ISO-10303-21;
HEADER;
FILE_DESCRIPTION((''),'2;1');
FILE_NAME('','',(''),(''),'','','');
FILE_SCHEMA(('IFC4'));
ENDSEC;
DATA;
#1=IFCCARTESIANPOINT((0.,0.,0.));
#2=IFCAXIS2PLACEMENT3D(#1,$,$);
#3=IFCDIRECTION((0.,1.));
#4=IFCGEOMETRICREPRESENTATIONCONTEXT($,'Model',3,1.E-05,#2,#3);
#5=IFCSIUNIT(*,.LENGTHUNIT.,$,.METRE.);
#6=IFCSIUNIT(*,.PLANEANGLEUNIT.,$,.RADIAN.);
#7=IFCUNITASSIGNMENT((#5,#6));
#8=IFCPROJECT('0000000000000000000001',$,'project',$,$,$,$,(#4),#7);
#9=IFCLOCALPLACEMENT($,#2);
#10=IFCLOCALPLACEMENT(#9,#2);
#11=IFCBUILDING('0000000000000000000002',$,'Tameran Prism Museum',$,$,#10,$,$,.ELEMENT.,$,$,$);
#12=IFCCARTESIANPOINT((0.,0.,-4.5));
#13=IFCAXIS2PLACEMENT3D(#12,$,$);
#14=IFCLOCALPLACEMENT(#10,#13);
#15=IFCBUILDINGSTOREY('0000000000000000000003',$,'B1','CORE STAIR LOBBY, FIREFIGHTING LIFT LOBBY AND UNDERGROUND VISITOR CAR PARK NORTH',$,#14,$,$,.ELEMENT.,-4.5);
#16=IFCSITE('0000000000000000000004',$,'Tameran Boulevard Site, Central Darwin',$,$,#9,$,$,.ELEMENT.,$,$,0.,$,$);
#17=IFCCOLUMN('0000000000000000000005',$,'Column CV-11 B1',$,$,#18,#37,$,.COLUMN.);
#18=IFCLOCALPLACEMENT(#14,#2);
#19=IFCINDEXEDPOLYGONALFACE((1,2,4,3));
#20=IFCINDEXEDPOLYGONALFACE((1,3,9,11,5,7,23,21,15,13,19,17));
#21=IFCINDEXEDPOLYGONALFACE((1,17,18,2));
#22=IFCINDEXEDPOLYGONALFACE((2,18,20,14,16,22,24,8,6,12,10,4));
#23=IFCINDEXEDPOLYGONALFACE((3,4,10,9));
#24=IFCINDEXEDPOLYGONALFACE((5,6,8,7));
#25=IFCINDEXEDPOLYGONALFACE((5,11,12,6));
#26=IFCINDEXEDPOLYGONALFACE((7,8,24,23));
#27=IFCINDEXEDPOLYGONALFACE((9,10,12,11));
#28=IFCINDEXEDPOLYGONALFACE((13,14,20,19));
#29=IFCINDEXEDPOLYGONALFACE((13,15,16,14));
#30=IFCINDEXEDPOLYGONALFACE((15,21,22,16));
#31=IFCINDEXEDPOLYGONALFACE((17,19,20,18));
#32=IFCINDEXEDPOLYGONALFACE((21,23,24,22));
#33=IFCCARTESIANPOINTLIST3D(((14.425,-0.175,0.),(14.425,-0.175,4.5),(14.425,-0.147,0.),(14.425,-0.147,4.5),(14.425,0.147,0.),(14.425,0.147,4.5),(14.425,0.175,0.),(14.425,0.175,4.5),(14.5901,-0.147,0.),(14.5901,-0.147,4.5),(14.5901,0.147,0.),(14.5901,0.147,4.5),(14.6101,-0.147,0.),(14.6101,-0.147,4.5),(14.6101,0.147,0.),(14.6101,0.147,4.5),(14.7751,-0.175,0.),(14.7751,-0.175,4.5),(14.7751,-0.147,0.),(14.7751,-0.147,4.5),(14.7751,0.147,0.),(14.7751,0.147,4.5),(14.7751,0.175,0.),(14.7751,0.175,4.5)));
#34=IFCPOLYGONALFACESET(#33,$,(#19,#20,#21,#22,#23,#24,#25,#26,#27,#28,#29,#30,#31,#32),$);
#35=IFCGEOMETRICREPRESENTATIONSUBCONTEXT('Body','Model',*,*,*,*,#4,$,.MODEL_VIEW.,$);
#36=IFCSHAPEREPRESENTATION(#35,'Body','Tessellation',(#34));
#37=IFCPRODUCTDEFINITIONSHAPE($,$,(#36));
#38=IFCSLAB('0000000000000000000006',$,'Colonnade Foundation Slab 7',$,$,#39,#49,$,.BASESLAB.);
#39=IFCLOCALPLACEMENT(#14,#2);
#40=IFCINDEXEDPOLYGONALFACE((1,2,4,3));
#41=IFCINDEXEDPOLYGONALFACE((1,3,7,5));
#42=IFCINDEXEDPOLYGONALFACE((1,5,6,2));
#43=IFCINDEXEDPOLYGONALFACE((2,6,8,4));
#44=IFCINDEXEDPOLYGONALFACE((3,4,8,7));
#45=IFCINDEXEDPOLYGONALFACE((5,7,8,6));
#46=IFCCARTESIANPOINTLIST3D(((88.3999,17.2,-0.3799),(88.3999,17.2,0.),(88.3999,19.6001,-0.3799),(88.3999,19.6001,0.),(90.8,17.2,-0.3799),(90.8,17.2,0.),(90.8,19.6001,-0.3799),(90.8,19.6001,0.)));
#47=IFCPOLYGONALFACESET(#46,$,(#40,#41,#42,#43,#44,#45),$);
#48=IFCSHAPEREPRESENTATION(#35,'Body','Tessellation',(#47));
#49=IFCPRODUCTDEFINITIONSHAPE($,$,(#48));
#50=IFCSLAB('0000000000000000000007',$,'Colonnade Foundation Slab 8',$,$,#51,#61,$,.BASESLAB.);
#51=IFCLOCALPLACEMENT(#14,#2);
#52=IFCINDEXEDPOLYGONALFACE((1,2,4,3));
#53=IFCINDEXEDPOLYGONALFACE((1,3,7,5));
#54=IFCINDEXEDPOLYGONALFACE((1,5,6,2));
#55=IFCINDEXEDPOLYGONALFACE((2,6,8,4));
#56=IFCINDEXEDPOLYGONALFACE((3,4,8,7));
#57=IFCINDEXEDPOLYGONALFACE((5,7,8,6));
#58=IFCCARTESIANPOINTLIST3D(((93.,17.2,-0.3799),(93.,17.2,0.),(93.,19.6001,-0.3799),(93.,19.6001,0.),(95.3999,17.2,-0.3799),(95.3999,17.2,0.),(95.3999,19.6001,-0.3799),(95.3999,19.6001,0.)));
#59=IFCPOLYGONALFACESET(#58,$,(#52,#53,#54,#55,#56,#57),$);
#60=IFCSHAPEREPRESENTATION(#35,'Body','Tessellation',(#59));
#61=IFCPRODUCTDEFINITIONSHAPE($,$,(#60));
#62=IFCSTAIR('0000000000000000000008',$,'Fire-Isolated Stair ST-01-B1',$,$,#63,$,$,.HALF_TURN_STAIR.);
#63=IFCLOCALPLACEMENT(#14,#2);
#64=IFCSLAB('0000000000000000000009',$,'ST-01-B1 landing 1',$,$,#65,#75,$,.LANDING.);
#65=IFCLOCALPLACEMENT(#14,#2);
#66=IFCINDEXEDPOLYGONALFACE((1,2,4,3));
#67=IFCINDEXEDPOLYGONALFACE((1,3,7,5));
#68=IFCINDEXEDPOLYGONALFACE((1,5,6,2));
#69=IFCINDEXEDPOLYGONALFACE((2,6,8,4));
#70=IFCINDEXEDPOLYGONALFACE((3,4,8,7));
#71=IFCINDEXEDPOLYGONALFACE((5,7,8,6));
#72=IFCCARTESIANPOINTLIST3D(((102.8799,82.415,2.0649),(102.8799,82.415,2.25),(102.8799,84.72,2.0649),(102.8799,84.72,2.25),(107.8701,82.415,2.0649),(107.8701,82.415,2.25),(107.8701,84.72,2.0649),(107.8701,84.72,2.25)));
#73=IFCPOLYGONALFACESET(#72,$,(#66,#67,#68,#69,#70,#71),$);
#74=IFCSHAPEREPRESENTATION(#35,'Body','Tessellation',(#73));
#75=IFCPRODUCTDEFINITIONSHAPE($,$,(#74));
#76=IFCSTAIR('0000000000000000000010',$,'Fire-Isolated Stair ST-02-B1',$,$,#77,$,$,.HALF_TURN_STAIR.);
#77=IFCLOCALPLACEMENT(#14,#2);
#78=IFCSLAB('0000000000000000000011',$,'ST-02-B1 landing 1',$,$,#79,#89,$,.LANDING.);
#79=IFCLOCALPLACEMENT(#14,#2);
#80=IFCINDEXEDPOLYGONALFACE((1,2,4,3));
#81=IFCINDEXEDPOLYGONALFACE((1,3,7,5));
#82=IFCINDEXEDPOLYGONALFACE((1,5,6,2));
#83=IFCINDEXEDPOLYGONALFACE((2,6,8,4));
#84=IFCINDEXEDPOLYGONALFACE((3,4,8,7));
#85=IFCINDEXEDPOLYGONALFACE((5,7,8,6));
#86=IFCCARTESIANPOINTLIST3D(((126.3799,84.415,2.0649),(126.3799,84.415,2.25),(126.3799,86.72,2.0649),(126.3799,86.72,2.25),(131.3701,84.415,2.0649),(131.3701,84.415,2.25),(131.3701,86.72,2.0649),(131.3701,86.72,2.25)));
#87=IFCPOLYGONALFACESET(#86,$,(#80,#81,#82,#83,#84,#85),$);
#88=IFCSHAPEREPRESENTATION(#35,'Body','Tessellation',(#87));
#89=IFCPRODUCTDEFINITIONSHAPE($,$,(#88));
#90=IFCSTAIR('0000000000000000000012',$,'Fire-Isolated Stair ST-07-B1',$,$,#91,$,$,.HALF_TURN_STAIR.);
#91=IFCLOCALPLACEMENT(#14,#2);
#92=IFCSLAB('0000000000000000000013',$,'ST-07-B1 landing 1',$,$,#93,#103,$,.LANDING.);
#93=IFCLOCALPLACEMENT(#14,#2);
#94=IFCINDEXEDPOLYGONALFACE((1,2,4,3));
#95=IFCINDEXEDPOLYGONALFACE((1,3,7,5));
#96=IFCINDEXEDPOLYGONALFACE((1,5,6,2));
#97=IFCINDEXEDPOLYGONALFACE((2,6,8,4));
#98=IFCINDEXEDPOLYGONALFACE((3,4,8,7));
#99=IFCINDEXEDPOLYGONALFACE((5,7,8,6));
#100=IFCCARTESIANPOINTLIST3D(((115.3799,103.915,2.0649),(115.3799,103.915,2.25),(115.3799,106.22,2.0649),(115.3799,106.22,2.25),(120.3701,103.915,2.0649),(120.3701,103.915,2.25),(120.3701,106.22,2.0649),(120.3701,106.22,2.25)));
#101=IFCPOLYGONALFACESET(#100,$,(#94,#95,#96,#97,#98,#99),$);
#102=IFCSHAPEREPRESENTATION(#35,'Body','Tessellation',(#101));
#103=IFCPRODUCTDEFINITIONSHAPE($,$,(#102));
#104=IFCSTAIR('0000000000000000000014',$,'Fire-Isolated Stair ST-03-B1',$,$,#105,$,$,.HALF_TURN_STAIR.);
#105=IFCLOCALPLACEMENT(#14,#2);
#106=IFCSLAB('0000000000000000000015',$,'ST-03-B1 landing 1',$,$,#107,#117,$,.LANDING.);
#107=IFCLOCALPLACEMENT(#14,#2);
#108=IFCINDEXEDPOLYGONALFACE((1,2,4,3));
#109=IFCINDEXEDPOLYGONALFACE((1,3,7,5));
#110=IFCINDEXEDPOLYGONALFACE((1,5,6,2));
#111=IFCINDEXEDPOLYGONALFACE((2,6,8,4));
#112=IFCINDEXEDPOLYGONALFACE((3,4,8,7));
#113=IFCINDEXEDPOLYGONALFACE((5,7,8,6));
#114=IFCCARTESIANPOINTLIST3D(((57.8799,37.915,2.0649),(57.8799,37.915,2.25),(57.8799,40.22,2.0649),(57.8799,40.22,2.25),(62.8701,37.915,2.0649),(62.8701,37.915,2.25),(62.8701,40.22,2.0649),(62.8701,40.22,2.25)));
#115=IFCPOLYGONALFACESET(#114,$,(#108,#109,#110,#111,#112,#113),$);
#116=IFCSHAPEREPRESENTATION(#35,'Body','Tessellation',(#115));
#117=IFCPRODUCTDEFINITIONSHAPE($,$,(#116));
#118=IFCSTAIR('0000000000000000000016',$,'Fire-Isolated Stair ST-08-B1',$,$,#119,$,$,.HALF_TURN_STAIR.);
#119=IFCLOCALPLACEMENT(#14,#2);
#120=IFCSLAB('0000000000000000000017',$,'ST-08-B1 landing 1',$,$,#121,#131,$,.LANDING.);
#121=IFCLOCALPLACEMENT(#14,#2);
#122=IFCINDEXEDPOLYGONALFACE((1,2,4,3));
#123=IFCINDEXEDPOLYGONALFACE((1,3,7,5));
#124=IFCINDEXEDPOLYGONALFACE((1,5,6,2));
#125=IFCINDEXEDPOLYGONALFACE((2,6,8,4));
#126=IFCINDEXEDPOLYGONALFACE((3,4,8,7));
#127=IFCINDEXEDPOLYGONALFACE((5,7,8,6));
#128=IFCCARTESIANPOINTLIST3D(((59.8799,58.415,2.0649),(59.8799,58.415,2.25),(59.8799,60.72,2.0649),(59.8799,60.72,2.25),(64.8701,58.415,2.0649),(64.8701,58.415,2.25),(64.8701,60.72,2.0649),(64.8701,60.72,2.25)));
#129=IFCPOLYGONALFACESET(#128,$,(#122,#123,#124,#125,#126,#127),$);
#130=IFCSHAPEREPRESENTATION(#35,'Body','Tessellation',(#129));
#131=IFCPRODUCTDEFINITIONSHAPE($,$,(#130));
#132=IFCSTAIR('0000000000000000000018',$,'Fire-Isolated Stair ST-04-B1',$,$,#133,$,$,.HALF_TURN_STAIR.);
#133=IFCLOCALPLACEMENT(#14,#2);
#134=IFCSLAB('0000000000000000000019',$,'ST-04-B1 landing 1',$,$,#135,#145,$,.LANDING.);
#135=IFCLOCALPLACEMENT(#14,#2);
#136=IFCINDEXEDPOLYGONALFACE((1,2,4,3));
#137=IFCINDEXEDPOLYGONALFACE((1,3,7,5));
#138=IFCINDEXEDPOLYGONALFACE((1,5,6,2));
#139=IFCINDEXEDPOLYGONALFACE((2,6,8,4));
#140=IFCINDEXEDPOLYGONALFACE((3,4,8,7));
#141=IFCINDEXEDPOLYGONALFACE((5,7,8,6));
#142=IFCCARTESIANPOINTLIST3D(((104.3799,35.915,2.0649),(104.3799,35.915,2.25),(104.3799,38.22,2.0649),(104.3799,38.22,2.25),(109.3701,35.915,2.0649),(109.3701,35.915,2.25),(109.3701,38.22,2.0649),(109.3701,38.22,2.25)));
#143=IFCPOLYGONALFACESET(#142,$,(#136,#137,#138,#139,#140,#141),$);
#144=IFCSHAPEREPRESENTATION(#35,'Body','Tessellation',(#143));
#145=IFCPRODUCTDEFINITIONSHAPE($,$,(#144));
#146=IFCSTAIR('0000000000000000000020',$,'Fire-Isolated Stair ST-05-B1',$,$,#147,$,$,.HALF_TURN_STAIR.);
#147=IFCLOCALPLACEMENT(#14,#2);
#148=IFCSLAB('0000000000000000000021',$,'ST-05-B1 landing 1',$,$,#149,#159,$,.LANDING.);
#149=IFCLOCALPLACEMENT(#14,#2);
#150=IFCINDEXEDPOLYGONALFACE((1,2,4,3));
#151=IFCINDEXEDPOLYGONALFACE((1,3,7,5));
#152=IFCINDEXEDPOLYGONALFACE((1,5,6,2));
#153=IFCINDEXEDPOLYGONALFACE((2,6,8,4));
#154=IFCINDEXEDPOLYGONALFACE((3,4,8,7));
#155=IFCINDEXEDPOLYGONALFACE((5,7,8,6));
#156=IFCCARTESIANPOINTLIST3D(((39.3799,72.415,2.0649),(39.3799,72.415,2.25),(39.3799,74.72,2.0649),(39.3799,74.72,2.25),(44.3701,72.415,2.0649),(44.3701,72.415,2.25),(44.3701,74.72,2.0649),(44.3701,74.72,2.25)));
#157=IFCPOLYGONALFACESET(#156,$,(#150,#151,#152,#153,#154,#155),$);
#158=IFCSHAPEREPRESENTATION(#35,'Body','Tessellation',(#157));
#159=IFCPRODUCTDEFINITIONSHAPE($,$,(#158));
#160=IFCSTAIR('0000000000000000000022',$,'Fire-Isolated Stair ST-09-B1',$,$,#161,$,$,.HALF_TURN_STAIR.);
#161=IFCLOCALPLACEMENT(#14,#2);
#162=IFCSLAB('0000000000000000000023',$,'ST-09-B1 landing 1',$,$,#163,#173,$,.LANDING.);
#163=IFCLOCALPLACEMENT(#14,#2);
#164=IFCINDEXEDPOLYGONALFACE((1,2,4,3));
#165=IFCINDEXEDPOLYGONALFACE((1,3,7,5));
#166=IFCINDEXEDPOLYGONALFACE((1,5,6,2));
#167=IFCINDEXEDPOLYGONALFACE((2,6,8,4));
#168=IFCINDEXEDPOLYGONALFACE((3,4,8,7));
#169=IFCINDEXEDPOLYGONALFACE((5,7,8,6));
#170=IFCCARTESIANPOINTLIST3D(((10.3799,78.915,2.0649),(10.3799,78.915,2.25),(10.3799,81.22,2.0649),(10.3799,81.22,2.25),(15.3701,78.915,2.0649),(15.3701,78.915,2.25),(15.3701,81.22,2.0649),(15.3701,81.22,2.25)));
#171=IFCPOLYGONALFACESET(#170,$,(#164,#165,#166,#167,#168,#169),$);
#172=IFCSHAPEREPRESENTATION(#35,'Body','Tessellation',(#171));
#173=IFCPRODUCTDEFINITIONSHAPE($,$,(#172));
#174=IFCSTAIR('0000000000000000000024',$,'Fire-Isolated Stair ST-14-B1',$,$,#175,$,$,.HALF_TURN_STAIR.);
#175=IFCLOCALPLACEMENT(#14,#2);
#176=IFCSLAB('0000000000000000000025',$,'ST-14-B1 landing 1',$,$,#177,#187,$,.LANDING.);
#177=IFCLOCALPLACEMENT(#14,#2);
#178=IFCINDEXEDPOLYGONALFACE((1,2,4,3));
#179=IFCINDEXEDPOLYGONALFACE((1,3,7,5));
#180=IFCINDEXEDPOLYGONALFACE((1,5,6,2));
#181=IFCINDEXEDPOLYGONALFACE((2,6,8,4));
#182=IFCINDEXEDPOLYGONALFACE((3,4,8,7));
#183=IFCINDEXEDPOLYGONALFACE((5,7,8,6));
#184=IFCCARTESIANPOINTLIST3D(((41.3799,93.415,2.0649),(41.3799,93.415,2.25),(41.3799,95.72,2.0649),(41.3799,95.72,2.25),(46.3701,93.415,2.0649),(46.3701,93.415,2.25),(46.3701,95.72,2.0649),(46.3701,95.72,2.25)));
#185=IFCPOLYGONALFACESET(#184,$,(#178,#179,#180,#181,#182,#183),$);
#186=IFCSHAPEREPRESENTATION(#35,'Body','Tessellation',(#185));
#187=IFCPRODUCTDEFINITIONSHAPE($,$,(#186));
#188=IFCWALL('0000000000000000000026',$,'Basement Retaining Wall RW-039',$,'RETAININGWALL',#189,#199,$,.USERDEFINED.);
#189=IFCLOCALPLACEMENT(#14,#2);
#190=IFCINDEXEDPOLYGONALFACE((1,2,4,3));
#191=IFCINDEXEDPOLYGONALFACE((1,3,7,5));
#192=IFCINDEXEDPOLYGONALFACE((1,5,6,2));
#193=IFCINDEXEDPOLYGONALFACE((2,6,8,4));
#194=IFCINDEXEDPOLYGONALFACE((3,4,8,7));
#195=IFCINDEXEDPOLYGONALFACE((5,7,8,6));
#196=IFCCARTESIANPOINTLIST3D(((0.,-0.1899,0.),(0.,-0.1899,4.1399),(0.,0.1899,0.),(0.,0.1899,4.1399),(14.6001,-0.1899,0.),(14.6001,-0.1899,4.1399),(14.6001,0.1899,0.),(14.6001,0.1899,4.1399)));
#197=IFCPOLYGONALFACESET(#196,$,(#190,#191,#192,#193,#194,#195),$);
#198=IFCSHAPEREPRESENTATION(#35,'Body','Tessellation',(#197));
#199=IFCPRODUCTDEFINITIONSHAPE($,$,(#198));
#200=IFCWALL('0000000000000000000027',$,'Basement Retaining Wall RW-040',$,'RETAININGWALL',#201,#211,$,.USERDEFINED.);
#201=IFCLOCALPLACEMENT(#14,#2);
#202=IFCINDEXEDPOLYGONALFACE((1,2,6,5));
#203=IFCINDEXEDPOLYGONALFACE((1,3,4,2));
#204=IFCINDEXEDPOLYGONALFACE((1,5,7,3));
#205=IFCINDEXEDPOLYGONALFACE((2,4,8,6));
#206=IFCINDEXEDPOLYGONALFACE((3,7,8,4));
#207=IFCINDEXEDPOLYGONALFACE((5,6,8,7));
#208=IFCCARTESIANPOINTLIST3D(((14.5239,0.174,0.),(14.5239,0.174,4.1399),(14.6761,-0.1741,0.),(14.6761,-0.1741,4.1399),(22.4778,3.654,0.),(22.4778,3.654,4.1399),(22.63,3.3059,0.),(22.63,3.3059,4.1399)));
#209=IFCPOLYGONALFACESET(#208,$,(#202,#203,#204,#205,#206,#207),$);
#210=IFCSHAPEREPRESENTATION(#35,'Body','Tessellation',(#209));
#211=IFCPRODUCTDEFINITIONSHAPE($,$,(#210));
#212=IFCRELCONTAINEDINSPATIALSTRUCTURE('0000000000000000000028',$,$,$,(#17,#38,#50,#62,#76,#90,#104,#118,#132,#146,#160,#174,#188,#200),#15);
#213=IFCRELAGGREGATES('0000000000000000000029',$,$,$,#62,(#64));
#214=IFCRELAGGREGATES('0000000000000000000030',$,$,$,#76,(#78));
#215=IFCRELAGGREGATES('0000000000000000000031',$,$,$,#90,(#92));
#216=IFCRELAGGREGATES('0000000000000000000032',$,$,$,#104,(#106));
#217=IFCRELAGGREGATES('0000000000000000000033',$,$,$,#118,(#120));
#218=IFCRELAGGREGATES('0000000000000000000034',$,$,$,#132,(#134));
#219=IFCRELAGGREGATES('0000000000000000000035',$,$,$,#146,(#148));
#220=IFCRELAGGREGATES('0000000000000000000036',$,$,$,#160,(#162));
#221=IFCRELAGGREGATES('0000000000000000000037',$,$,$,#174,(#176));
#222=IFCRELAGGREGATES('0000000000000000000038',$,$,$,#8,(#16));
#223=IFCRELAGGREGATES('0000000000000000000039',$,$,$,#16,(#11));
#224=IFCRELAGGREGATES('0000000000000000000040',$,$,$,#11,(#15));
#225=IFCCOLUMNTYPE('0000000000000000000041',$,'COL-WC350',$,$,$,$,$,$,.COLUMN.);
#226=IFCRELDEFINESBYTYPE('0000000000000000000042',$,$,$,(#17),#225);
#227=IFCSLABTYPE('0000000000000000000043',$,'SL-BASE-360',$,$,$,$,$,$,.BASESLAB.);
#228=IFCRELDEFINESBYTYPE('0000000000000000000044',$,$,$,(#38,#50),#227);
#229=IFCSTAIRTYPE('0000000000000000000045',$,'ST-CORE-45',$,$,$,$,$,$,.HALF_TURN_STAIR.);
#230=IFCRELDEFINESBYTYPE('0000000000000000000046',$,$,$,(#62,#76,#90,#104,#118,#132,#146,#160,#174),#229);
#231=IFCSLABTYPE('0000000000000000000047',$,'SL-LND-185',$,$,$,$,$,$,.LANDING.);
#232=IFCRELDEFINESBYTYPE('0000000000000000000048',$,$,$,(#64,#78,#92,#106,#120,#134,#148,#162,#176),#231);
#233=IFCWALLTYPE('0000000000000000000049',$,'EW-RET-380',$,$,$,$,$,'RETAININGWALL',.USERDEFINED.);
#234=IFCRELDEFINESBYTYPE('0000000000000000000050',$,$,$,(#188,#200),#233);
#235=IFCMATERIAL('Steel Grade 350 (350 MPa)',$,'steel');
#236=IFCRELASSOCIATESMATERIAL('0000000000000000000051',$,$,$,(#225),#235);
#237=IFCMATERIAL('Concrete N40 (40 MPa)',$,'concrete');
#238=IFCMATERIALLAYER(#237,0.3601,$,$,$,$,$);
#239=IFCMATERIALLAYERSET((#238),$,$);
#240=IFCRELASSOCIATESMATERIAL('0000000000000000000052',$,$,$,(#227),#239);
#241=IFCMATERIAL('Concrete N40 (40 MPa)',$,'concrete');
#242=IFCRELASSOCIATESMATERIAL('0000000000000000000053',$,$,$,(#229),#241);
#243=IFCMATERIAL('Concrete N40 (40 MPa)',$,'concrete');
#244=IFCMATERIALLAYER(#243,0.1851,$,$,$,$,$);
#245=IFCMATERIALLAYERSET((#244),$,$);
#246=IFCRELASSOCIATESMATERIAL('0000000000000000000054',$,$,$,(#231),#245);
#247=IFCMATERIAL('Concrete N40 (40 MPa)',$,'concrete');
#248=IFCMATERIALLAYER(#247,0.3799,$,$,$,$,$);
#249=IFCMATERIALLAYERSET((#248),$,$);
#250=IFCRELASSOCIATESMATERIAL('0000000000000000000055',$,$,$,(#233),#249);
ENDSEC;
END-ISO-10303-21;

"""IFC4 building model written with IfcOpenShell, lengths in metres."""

from ifc_helpers import new_model, si_unit, direction, frame, frame_2d, origin, origin_with_axes, origin_2d, place, context, subcontext, project, spatial, polyline, rectangle, i_section, outline, extrude, material, layer, layer_set, material_profile, profile_set, type_object, element, aggregate, save


model = new_model("IFC4")

# Units and contexts
model_context = context("Model", 3, precision=1e-05, world=origin(), true_north=direction((0.0, 1.0)))
body_context = subcontext(model_context, "Body", "Model", "MODEL_VIEW")
ifc_project = project(units=[si_unit("LENGTHUNIT", "METRE"), si_unit("PLANEANGLEUNIT", "RADIAN")], contexts=[model_context])

# Site, building, storey
site_placement = place(None, origin())
site = spatial("IfcSite", under=ifc_project, at=site_placement, Name="Tameran Boulevard Site, Central Darwin", CompositionType="ELEMENT", RefElevation=0.0)
building_placement = place(site_placement, origin())
building = spatial("IfcBuilding", under=site, at=building_placement, Name="Tameran Prism Museum", CompositionType="ELEMENT")
storey_placement = place(building_placement, frame((0.0, 0.0, -4.5)))
storey = spatial("IfcBuildingStorey", under=building, at=storey_placement, Name="B1", Description="CORE STAIR LOBBY, FIREFIGHTING LIFT LOBBY AND UNDERGROUND VISITOR CAR PARK NORTH", CompositionType="ELEMENT", Elevation=-4.5)

# Column
ifc_material_1 = material(Name="Steel Grade 350 (350 MPa)", Category="steel")
ifc_material_profile_1 = material_profile(ifc_material_1, i_section(OverallWidth=0.3501, OverallDepth=0.3501, WebThickness=0.02, FlangeThickness=0.0281, at=origin_2d()))
ifc_profile_set_1 = profile_set([ifc_material_profile_1])
column_type_1 = type_object("IfcColumnType", Name="COL-WC350", PredefinedType="COLUMN", material=ifc_profile_set_1)
column_1_placement = place(storey_placement, frame((14.6001, 0.0, 0.0), z_axis=(0.0, 0.0, 1.0), x_axis=(1.0, 0.0, 0.0)))
element("IfcColumn", 1, at=column_1_placement, inside=storey, type_object=column_type_1, Name="Column CV-11 B1", PredefinedType="COLUMN", context=body_context, shape_type="SweptSolid", body=[
    extrude(i_section(OverallWidth=0.3501, OverallDepth=0.3501, WebThickness=0.02, FlangeThickness=0.0281, at=origin_2d()), origin(), (0.0, 0.0, 1.0), 4.5),
])

# Slabs
ifc_material_2 = material(Name="Concrete N40 (40 MPa)", Category="concrete")
ifc_layer_1 = layer(ifc_material_2, 0.3601)
ifc_layer_set_1 = layer_set([ifc_layer_1])
slab_type_1 = type_object("IfcSlabType", Name="SL-BASE-360", PredefinedType="BASESLAB", material=ifc_layer_set_1)
slab_1_placement = place(storey_placement, frame((0.0, 0.0, -0.3799)))
element("IfcSlab", 2, at=slab_1_placement, inside=storey, type_object=slab_type_1, Name="Colonnade Foundation Slab 7", PredefinedType="BASESLAB", context=body_context, shape_type="SweptSolid", body=[
    extrude(outline(polyline([(90.8, 19.6001), (90.8, 17.2), (88.3999, 17.2), (88.3999, 19.6001), (90.8, 19.6001)])), origin(), (0.0, 0.0, 1.0), 0.3799),
])
slab_2_placement = place(storey_placement, frame((0.0, 0.0, -0.3799)))
element("IfcSlab", 3, at=slab_2_placement, inside=storey, type_object=slab_type_1, Name="Colonnade Foundation Slab 8", PredefinedType="BASESLAB", context=body_context, shape_type="SweptSolid", body=[
    extrude(outline(polyline([(95.3999, 19.6001), (95.3999, 17.2), (93.0, 17.2), (93.0, 19.6001), (95.3999, 19.6001)])), origin(), (0.0, 0.0, 1.0), 0.3799),
])

# Stairs, slabs
ifc_material_3 = material(Name="Concrete N40 (40 MPa)", Category="concrete")
stair_type = type_object("IfcStairType", Name="ST-CORE-45", PredefinedType="HALF_TURN_STAIR", material=ifc_material_3)
stair_1_placement = place(storey_placement, origin())
stair_1 = element("IfcStair", 4, at=stair_1_placement, inside=storey, type_object=stair_type, Name="Fire-Isolated Stair ST-01-B1", PredefinedType="HALF_TURN_STAIR")
ifc_material_4 = material(Name="Concrete N40 (40 MPa)", Category="concrete")
ifc_layer_2 = layer(ifc_material_4, 0.1851)
ifc_layer_set_2 = layer_set([ifc_layer_2])
slab_type_2 = type_object("IfcSlabType", Name="SL-LND-185", PredefinedType="LANDING", material=ifc_layer_set_2)
slab_3_placement = place(storey_placement, frame((0.0, 0.0, 2.0649)))
slab_3 = element("IfcSlab", 5, at=slab_3_placement, type_object=slab_type_2, Name="ST-01-B1 landing 1", PredefinedType="LANDING", context=body_context, shape_type="SweptSolid", body=[
    extrude(outline(polyline([(102.8799, 82.415), (107.8701, 82.415), (107.8701, 84.72), (102.8799, 84.72), (102.8799, 82.415)])), origin(), (0.0, 0.0, 1.0), 0.1851),
])
aggregate(stair_1, [slab_3])
stair_2_placement = place(storey_placement, origin())
stair_2 = element("IfcStair", 6, at=stair_2_placement, inside=storey, type_object=stair_type, Name="Fire-Isolated Stair ST-02-B1", PredefinedType="HALF_TURN_STAIR")
slab_4_placement = place(storey_placement, frame((0.0, 0.0, 2.0649)))
slab_4 = element("IfcSlab", 7, at=slab_4_placement, type_object=slab_type_2, Name="ST-02-B1 landing 1", PredefinedType="LANDING", context=body_context, shape_type="SweptSolid", body=[
    extrude(outline(polyline([(126.3799, 84.415), (131.3701, 84.415), (131.3701, 86.72), (126.3799, 86.72), (126.3799, 84.415)])), origin(), (0.0, 0.0, 1.0), 0.1851),
])
aggregate(stair_2, [slab_4])
stair_3_placement = place(storey_placement, origin())
stair_3 = element("IfcStair", 8, at=stair_3_placement, inside=storey, type_object=stair_type, Name="Fire-Isolated Stair ST-07-B1", PredefinedType="HALF_TURN_STAIR")
slab_5_placement = place(storey_placement, frame((0.0, 0.0, 2.0649)))
slab_5 = element("IfcSlab", 9, at=slab_5_placement, type_object=slab_type_2, Name="ST-07-B1 landing 1", PredefinedType="LANDING", context=body_context, shape_type="SweptSolid", body=[
    extrude(outline(polyline([(115.3799, 103.915), (120.3701, 103.915), (120.3701, 106.22), (115.3799, 106.22), (115.3799, 103.915)])), origin(), (0.0, 0.0, 1.0), 0.1851),
])
aggregate(stair_3, [slab_5])
stair_4_placement = place(storey_placement, origin())
stair_4 = element("IfcStair", 10, at=stair_4_placement, inside=storey, type_object=stair_type, Name="Fire-Isolated Stair ST-03-B1", PredefinedType="HALF_TURN_STAIR")
slab_6_placement = place(storey_placement, frame((0.0, 0.0, 2.0649)))
slab_6 = element("IfcSlab", 11, at=slab_6_placement, type_object=slab_type_2, Name="ST-03-B1 landing 1", PredefinedType="LANDING", context=body_context, shape_type="SweptSolid", body=[
    extrude(outline(polyline([(57.8799, 37.915), (62.8701, 37.915), (62.8701, 40.22), (57.8799, 40.22), (57.8799, 37.915)])), origin(), (0.0, 0.0, 1.0), 0.1851),
])
aggregate(stair_4, [slab_6])
stair_5_placement = place(storey_placement, origin())
stair_5 = element("IfcStair", 12, at=stair_5_placement, inside=storey, type_object=stair_type, Name="Fire-Isolated Stair ST-08-B1", PredefinedType="HALF_TURN_STAIR")
slab_7_placement = place(storey_placement, frame((0.0, 0.0, 2.0649)))
slab_7 = element("IfcSlab", 13, at=slab_7_placement, type_object=slab_type_2, Name="ST-08-B1 landing 1", PredefinedType="LANDING", context=body_context, shape_type="SweptSolid", body=[
    extrude(outline(polyline([(59.8799, 58.415), (64.8701, 58.415), (64.8701, 60.72), (59.8799, 60.72), (59.8799, 58.415)])), origin(), (0.0, 0.0, 1.0), 0.1851),
])
aggregate(stair_5, [slab_7])
stair_6_placement = place(storey_placement, origin())
stair_6 = element("IfcStair", 14, at=stair_6_placement, inside=storey, type_object=stair_type, Name="Fire-Isolated Stair ST-04-B1", PredefinedType="HALF_TURN_STAIR")
slab_8_placement = place(storey_placement, frame((0.0, 0.0, 2.0649)))
slab_8 = element("IfcSlab", 15, at=slab_8_placement, type_object=slab_type_2, Name="ST-04-B1 landing 1", PredefinedType="LANDING", context=body_context, shape_type="SweptSolid", body=[
    extrude(outline(polyline([(104.3799, 35.915), (109.3701, 35.915), (109.3701, 38.22), (104.3799, 38.22), (104.3799, 35.915)])), origin(), (0.0, 0.0, 1.0), 0.1851),
])
aggregate(stair_6, [slab_8])
stair_7_placement = place(storey_placement, origin())
stair_7 = element("IfcStair", 16, at=stair_7_placement, inside=storey, type_object=stair_type, Name="Fire-Isolated Stair ST-05-B1", PredefinedType="HALF_TURN_STAIR")
slab_9_placement = place(storey_placement, frame((0.0, 0.0, 2.0649)))
slab_9 = element("IfcSlab", 17, at=slab_9_placement, type_object=slab_type_2, Name="ST-05-B1 landing 1", PredefinedType="LANDING", context=body_context, shape_type="SweptSolid", body=[
    extrude(outline(polyline([(39.3799, 72.415), (44.3701, 72.415), (44.3701, 74.72), (39.3799, 74.72), (39.3799, 72.415)])), origin(), (0.0, 0.0, 1.0), 0.1851),
])
aggregate(stair_7, [slab_9])
stair_8_placement = place(storey_placement, origin())
stair_8 = element("IfcStair", 18, at=stair_8_placement, inside=storey, type_object=stair_type, Name="Fire-Isolated Stair ST-09-B1", PredefinedType="HALF_TURN_STAIR")
slab_10_placement = place(storey_placement, frame((0.0, 0.0, 2.0649)))
slab_10 = element("IfcSlab", 19, at=slab_10_placement, type_object=slab_type_2, Name="ST-09-B1 landing 1", PredefinedType="LANDING", context=body_context, shape_type="SweptSolid", body=[
    extrude(outline(polyline([(10.3799, 78.915), (15.3701, 78.915), (15.3701, 81.22), (10.3799, 81.22), (10.3799, 78.915)])), origin(), (0.0, 0.0, 1.0), 0.1851),
])
aggregate(stair_8, [slab_10])
stair_9_placement = place(storey_placement, origin())
stair_9 = element("IfcStair", 20, at=stair_9_placement, inside=storey, type_object=stair_type, Name="Fire-Isolated Stair ST-14-B1", PredefinedType="HALF_TURN_STAIR")
slab_11_placement = place(storey_placement, frame((0.0, 0.0, 2.0649)))
slab_11 = element("IfcSlab", 21, at=slab_11_placement, type_object=slab_type_2, Name="ST-14-B1 landing 1", PredefinedType="LANDING", context=body_context, shape_type="SweptSolid", body=[
    extrude(outline(polyline([(41.3799, 93.415), (46.3701, 93.415), (46.3701, 95.72), (41.3799, 95.72), (41.3799, 93.415)])), origin(), (0.0, 0.0, 1.0), 0.1851),
])
aggregate(stair_9, [slab_11])

# Walls
ifc_material_5 = material(Name="Concrete N40 (40 MPa)", Category="concrete")
ifc_layer_3 = layer(ifc_material_5, 0.3799)
ifc_layer_set_3 = layer_set([ifc_layer_3])
wall_type = type_object("IfcWallType", Name="EW-RET-380", ElementType="RETAININGWALL", PredefinedType="USERDEFINED", material=ifc_layer_set_3)
wall_1_placement = place(storey_placement, origin_with_axes())
element("IfcWall", 22, at=wall_1_placement, inside=storey, type_object=wall_type, Name="Basement Retaining Wall RW-039", ObjectType="RETAININGWALL", PredefinedType="USERDEFINED", context=body_context, shape_type="SweptSolid", body=[
    extrude(rectangle(XDim=14.6001, YDim=0.3799, at=frame_2d((7.3, 0.0))), origin(), (0.0, 0.0, 1.0), 4.1399),
])
wall_2_placement = place(storey_placement, frame((14.6001, 0.0, 0.0), z_axis=(0.0, 0.0, 1.0), x_axis=(0.91615, 0.400835, 0.0)))
element("IfcWall", 23, at=wall_2_placement, inside=storey, type_object=wall_type, Name="Basement Retaining Wall RW-040", ObjectType="RETAININGWALL", PredefinedType="USERDEFINED", context=body_context, shape_type="SweptSolid", body=[
    extrude(rectangle(XDim=8.6819, YDim=0.3799, at=frame_2d((4.3408, 0.0))), origin(), (0.0, 0.0, 1.0), 4.1399),
])

save(model, "model.ifc")
